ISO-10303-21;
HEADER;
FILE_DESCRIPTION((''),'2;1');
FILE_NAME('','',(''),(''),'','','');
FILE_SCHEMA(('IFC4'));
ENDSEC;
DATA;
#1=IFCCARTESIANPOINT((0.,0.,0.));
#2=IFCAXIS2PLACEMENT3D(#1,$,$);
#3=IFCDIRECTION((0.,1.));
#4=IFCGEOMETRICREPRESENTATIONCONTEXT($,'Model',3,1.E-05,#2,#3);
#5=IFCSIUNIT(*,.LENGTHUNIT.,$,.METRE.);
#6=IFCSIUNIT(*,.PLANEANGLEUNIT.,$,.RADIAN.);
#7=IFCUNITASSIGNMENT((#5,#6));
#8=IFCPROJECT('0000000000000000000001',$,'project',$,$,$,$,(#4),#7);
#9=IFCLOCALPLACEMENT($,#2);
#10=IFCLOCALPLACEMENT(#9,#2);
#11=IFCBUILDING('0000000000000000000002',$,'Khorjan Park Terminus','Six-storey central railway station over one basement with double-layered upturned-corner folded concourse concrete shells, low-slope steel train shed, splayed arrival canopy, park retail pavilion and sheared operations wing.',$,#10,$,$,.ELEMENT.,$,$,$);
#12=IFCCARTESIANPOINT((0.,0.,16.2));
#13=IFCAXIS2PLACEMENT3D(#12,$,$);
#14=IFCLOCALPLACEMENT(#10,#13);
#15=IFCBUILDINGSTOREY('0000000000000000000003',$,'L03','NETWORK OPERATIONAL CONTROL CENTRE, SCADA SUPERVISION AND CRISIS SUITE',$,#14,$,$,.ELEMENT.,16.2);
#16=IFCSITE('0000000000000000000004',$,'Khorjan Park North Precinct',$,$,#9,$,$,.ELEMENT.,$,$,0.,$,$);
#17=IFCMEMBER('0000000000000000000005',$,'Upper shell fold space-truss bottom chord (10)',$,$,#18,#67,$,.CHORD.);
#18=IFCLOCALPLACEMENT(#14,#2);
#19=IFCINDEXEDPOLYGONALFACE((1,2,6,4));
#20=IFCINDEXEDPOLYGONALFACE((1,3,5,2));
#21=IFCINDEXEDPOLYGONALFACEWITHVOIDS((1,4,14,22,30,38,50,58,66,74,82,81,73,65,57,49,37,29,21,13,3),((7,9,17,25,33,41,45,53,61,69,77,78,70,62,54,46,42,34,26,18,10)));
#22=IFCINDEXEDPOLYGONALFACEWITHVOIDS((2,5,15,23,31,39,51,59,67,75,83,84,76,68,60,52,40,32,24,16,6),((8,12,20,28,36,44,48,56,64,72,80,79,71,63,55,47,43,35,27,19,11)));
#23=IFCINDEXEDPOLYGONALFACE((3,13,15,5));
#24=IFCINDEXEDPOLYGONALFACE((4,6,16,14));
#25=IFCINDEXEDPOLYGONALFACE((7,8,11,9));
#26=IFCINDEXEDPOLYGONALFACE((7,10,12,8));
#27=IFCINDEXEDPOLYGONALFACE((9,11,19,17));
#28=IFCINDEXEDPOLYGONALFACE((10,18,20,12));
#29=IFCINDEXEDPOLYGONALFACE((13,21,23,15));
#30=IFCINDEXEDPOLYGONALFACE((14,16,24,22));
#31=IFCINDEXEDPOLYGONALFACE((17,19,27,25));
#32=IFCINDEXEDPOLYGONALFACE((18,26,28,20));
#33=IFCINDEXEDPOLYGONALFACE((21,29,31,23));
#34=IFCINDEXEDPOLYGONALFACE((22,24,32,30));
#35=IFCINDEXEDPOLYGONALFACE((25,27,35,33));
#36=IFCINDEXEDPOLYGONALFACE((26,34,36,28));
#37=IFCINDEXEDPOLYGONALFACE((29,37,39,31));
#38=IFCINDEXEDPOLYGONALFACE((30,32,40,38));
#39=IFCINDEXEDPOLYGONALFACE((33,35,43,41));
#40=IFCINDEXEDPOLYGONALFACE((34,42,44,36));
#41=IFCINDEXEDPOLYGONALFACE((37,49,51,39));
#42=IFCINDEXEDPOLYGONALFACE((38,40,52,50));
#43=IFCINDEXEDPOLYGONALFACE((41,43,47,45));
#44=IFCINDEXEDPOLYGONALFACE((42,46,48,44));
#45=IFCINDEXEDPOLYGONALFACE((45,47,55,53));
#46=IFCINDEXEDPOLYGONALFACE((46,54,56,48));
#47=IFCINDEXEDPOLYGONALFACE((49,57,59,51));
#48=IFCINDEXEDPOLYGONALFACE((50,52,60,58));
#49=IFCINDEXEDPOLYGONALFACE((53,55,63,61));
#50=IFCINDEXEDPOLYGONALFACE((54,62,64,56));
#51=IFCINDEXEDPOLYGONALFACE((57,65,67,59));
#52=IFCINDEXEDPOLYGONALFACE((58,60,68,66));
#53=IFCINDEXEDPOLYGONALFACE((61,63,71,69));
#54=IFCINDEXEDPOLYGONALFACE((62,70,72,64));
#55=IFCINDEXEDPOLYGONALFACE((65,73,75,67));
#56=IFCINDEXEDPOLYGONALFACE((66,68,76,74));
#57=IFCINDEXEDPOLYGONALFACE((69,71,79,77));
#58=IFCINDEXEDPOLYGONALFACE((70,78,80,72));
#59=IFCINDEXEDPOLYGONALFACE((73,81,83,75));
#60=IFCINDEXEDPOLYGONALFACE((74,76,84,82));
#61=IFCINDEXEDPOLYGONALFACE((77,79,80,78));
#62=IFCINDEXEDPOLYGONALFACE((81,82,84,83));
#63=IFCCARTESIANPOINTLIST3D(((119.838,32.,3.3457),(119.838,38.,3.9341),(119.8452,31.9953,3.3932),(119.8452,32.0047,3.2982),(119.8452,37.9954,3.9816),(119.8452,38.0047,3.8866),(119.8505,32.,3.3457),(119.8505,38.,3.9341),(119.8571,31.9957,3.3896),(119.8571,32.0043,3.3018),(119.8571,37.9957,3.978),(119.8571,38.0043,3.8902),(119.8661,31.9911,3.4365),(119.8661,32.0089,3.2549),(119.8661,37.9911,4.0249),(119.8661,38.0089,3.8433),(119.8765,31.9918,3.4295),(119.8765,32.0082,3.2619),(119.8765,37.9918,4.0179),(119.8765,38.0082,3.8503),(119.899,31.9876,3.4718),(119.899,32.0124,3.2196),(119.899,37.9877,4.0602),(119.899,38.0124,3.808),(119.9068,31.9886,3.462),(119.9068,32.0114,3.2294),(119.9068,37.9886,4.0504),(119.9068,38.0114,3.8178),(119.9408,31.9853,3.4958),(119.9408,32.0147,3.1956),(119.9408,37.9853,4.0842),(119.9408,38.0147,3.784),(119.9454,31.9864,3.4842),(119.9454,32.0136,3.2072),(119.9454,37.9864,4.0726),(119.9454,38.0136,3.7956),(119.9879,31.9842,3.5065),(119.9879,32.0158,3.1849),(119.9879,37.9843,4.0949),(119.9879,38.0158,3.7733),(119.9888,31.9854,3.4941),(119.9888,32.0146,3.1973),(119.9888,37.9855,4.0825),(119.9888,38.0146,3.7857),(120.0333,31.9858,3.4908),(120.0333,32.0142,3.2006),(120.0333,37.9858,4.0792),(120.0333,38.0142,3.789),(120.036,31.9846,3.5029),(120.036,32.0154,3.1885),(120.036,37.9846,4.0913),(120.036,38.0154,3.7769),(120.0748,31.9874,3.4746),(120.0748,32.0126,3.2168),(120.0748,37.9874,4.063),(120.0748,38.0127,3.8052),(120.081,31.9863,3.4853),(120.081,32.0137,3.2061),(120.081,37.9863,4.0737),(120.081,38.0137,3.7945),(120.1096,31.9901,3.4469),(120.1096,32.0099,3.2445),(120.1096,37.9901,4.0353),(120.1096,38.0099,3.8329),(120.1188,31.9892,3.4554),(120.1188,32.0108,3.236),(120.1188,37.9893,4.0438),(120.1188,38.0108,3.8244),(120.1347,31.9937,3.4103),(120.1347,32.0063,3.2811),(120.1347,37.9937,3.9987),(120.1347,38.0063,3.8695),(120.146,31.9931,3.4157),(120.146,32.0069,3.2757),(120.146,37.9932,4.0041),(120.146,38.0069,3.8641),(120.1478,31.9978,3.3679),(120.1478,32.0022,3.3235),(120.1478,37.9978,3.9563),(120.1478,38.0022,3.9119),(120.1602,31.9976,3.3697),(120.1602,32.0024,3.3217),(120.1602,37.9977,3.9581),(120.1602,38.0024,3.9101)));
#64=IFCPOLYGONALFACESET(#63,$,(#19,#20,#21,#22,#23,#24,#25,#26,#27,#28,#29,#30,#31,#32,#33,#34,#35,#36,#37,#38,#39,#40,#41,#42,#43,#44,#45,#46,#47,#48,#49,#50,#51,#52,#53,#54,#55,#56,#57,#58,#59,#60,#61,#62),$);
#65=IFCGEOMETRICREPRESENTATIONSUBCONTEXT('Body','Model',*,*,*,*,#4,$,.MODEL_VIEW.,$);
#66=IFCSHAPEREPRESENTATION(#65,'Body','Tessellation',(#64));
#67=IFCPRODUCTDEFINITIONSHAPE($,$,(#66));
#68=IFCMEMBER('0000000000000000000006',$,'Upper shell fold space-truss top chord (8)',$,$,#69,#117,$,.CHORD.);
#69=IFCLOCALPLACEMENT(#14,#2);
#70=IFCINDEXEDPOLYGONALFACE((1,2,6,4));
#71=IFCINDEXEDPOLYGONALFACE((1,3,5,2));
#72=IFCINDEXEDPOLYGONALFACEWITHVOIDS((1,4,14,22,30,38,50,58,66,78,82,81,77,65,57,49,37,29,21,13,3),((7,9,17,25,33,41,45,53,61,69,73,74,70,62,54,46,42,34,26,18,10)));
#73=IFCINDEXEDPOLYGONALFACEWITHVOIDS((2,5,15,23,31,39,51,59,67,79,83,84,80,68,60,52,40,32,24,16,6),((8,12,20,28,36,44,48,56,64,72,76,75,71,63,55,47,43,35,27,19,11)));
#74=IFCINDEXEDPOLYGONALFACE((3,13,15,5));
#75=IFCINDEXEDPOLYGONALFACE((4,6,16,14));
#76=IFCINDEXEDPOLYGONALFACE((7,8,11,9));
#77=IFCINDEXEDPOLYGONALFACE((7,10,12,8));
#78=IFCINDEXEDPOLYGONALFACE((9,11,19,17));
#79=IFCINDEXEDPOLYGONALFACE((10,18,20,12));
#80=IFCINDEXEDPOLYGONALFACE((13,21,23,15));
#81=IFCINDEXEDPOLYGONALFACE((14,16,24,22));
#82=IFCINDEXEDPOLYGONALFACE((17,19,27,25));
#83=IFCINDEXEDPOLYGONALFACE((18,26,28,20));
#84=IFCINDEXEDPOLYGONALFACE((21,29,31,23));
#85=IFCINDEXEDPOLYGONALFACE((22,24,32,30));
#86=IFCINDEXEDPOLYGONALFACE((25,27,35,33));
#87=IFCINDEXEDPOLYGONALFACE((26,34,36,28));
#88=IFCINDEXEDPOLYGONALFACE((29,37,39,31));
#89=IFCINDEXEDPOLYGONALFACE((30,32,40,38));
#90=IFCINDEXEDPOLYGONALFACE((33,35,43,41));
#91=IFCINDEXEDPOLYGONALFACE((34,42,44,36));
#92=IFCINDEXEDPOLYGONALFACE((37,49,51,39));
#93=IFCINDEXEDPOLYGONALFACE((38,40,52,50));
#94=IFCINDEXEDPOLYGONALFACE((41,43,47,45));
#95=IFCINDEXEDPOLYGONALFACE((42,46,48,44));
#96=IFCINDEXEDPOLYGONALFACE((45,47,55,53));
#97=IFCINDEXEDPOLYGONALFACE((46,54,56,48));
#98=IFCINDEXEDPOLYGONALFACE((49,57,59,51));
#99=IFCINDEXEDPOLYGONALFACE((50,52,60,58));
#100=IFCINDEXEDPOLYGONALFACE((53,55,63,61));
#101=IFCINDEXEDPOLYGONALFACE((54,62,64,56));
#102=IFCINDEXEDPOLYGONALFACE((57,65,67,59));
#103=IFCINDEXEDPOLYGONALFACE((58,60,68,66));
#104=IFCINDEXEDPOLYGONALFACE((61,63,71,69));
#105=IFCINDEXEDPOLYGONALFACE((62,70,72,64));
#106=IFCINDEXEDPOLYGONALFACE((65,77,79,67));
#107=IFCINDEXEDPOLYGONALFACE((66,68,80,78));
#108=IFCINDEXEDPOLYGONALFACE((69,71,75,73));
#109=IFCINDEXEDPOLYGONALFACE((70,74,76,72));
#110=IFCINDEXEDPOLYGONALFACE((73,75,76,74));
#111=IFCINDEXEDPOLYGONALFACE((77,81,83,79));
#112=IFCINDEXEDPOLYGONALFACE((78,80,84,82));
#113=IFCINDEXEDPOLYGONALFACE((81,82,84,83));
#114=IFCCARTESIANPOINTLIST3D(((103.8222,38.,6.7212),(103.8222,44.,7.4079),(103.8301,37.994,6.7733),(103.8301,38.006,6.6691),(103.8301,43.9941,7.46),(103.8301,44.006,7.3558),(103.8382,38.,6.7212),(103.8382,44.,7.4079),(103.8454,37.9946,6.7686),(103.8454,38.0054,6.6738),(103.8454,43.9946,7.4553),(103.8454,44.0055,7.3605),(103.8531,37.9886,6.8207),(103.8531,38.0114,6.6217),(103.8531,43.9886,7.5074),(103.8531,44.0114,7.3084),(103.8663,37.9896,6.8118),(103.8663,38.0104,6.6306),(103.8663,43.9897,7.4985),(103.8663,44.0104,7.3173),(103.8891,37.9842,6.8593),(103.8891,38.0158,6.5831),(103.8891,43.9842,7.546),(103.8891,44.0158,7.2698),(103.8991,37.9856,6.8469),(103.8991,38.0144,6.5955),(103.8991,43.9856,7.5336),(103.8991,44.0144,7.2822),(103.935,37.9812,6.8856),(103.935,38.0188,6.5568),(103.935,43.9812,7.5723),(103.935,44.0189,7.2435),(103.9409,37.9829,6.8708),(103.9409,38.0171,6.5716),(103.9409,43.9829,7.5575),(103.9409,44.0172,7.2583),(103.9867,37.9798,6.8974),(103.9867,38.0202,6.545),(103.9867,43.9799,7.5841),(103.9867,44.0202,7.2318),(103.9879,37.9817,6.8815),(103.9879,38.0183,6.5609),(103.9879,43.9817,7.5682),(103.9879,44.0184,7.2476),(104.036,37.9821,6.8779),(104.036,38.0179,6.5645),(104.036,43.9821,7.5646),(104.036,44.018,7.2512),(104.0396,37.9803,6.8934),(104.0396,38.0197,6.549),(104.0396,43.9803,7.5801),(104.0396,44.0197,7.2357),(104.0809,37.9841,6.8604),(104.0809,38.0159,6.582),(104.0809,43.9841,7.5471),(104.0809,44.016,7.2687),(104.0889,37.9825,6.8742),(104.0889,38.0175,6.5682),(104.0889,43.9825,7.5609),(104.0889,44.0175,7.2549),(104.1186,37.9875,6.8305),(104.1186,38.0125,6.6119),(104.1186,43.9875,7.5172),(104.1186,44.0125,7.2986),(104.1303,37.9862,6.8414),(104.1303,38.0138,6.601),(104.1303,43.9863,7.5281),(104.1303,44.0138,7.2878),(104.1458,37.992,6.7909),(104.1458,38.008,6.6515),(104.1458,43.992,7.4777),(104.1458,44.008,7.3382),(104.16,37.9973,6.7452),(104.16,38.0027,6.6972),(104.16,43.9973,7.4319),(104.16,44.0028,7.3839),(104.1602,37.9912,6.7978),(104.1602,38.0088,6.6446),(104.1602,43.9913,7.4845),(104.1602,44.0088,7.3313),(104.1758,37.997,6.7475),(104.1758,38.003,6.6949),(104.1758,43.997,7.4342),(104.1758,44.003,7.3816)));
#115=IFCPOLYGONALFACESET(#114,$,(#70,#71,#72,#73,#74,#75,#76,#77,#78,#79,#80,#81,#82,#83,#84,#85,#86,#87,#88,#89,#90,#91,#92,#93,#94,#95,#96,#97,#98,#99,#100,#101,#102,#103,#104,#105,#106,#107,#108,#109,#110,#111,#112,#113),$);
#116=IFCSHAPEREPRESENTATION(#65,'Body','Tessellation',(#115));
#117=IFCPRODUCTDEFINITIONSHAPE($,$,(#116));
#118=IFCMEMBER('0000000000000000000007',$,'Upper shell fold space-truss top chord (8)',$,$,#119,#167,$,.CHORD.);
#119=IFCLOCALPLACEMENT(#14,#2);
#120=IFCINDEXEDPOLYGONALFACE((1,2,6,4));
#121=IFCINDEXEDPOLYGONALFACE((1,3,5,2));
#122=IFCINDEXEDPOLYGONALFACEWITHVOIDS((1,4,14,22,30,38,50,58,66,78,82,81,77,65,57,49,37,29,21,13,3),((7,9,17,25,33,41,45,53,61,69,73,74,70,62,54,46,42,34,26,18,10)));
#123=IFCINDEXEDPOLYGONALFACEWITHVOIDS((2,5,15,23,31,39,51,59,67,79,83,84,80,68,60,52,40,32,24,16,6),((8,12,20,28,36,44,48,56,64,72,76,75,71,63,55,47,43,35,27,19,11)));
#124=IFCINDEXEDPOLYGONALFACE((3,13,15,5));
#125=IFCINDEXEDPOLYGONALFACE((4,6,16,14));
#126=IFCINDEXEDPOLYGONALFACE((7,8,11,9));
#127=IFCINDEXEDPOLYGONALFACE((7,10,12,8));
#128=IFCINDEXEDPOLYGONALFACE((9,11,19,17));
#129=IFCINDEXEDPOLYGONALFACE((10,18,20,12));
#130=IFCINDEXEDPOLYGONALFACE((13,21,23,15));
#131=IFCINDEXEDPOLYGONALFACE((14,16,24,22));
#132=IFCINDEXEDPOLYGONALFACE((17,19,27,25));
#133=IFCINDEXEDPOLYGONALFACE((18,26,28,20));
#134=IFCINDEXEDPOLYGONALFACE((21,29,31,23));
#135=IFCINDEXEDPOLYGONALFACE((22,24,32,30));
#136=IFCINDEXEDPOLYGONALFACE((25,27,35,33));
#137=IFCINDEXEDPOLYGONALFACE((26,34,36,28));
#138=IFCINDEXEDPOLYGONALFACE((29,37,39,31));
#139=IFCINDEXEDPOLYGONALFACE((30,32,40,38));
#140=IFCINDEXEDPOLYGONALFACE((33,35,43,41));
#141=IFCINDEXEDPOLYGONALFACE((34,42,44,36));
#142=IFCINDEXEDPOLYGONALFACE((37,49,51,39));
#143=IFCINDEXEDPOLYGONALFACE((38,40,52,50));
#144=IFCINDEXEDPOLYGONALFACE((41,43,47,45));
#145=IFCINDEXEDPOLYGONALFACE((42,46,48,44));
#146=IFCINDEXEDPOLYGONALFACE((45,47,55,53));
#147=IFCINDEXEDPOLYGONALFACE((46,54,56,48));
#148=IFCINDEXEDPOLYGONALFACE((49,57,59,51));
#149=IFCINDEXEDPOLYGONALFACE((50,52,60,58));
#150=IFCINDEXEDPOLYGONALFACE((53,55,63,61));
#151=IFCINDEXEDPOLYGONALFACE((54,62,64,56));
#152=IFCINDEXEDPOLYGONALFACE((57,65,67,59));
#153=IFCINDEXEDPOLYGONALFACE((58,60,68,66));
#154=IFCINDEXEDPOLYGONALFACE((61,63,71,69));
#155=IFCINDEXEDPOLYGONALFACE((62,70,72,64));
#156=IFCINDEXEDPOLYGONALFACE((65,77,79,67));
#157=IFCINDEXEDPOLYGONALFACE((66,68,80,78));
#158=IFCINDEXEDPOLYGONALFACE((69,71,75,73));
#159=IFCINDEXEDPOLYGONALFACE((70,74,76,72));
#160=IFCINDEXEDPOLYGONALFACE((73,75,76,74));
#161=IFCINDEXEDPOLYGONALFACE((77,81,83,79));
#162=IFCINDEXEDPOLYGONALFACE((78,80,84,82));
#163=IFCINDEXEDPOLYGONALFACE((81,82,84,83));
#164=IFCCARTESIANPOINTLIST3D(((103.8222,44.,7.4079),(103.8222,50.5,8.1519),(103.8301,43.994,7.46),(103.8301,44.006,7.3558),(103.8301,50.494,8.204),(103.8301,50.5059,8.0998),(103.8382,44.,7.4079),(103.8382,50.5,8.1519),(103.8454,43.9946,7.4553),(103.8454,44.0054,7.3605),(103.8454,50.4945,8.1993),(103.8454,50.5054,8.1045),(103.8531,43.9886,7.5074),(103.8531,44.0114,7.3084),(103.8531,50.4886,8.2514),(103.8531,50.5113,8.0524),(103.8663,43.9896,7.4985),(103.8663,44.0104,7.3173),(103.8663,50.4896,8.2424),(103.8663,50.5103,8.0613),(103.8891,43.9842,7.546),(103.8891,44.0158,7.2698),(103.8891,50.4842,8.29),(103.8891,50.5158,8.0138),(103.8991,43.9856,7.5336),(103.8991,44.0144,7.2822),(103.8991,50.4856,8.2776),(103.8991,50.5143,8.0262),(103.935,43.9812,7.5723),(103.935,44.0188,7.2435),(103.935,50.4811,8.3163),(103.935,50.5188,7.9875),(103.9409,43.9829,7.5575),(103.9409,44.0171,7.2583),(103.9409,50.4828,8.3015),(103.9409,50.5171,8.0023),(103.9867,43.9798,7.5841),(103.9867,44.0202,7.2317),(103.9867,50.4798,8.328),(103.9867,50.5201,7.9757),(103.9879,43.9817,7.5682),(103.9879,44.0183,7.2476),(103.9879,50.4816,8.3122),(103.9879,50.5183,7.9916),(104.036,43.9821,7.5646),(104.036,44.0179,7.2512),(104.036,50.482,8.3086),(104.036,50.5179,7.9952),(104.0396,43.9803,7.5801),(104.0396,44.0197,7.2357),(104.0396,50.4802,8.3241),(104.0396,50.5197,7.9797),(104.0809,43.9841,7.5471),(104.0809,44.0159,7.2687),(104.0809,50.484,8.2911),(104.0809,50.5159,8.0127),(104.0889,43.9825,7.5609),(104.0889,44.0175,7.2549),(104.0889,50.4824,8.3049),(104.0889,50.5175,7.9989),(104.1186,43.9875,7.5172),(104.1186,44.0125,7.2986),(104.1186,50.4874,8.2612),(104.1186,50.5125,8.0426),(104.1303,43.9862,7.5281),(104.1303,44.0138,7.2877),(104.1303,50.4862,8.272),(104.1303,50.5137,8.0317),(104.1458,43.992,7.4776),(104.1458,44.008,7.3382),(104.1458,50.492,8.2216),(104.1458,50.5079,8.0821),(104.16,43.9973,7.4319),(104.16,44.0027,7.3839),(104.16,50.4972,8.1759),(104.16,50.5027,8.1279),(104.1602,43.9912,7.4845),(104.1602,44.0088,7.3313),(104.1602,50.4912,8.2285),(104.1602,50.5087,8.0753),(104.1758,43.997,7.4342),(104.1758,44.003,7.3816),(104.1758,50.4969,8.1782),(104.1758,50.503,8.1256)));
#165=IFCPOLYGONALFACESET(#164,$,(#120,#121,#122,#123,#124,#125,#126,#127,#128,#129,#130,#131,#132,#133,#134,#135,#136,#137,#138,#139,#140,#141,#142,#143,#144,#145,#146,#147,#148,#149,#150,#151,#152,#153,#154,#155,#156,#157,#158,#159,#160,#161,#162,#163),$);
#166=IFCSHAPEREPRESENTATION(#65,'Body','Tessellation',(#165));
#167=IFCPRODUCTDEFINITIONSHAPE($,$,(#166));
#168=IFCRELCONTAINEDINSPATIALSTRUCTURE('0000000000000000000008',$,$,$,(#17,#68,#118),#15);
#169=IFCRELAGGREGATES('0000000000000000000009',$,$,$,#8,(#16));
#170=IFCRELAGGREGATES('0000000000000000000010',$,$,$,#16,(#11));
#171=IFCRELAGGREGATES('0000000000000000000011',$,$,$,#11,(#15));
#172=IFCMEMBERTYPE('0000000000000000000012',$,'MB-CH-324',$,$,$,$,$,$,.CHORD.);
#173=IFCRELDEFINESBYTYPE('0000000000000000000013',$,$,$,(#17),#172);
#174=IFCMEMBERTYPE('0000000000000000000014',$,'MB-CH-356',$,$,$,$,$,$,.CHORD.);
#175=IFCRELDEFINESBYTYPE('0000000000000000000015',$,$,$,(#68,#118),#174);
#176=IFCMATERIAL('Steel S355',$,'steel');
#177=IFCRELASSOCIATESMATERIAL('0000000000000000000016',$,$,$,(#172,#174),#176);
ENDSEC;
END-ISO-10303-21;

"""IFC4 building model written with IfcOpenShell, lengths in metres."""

from ifc_helpers import new_model, si_unit, direction, frame, origin, origin_2d, place, context, subcontext, project, spatial, hollow_circle, extrude, material, material_profile, profile_set, type_object, element, save


model = new_model("IFC4")

# Units and contexts
model_context = context("Model", 3, precision=1e-05, world=origin(), true_north=direction((0.0, 1.0)))
body_context = subcontext(model_context, "Body", "Model", "MODEL_VIEW")
ifc_project = project(units=[si_unit("LENGTHUNIT", "METRE"), si_unit("PLANEANGLEUNIT", "RADIAN")], contexts=[model_context])

# Site, building, storey
site_placement = place(None, origin())
site = spatial("IfcSite", under=ifc_project, at=site_placement, Name="Khorjan Park North Precinct", CompositionType="ELEMENT", RefElevation=0.0)
building_placement = place(site_placement, origin())
building = spatial("IfcBuilding", under=site, at=building_placement, Name="Khorjan Park Terminus", Description="Six-storey central railway station over one basement with double-layered upturned-corner folded concourse concrete shells, low-slope steel train shed, splayed arrival canopy, park retail pavilion and sheared operations wing.", CompositionType="ELEMENT")
storey_placement = place(building_placement, frame((0.0, 0.0, 16.2)))
storey = spatial("IfcBuildingStorey", under=building, at=storey_placement, Name="L03", Description="NETWORK OPERATIONAL CONTROL CENTRE, SCADA SUPERVISION AND CRISIS SUITE", CompositionType="ELEMENT", Elevation=16.2)

# Members
ifc_material = material(Name="Steel S355", Category="steel")
ifc_material_profile_1 = material_profile(ifc_material, hollow_circle(Radius=0.162, WallThickness=0.0125, at=origin_2d()), Name="CHS 323.9x12.5")
ifc_profile_set_1 = profile_set([ifc_material_profile_1], Name="Steel S355")
member_type_1 = type_object("IfcMemberType", Name="MB-CH-324", PredefinedType="CHORD", material=ifc_profile_set_1)
member_1_placement = place(storey_placement, frame((120.0, 32.0, 3.3457), z_axis=(0.0, 0.995226, 0.097598), x_axis=(-1.0, 0.0, 0.0)))
element("IfcMember", 1, at=member_1_placement, inside=storey, type_object=member_type_1, Name="Upper shell fold space-truss bottom chord (10)", PredefinedType="CHORD", context=body_context, shape_type="SweptSolid", body=[
    extrude(hollow_circle(Radius=0.162, WallThickness=0.0125, at=origin_2d()), origin(), (0.0, 0.0, 1.0), 6.0288),
])
ifc_material_profile_2 = material_profile(ifc_material, hollow_circle(Radius=0.1778, WallThickness=0.016, at=origin_2d()), Name="CHS 355.6x16")
ifc_profile_set_2 = profile_set([ifc_material_profile_2], Name="Steel S355")
member_type_2 = type_object("IfcMemberType", Name="MB-CH-356", PredefinedType="CHORD", material=ifc_profile_set_2)
member_2_placement = place(storey_placement, frame((104.0, 38.0, 6.7212), z_axis=(0.0, 0.993514, 0.113708), x_axis=(-1.0, 0.0, 0.0)))
element("IfcMember", 2, at=member_2_placement, inside=storey, type_object=member_type_2, Name="Upper shell fold space-truss top chord (8)", PredefinedType="CHORD", context=body_context, shape_type="SweptSolid", body=[
    extrude(hollow_circle(Radius=0.1778, WallThickness=0.016, at=origin_2d()), origin(), (0.0, 0.0, 1.0), 6.0392),
])
member_3_placement = place(storey_placement, frame((104.0, 44.0, 7.4079), z_axis=(0.0, 0.993513, 0.113719), x_axis=(-1.0, 0.0, 0.0)))
element("IfcMember", 3, at=member_3_placement, inside=storey, type_object=member_type_2, Name="Upper shell fold space-truss top chord (8)", PredefinedType="CHORD", context=body_context, shape_type="SweptSolid", body=[
    extrude(hollow_circle(Radius=0.1778, WallThickness=0.016, at=origin_2d()), origin(), (0.0, 0.0, 1.0), 6.5424),
])

save(model, "model.ifc")
